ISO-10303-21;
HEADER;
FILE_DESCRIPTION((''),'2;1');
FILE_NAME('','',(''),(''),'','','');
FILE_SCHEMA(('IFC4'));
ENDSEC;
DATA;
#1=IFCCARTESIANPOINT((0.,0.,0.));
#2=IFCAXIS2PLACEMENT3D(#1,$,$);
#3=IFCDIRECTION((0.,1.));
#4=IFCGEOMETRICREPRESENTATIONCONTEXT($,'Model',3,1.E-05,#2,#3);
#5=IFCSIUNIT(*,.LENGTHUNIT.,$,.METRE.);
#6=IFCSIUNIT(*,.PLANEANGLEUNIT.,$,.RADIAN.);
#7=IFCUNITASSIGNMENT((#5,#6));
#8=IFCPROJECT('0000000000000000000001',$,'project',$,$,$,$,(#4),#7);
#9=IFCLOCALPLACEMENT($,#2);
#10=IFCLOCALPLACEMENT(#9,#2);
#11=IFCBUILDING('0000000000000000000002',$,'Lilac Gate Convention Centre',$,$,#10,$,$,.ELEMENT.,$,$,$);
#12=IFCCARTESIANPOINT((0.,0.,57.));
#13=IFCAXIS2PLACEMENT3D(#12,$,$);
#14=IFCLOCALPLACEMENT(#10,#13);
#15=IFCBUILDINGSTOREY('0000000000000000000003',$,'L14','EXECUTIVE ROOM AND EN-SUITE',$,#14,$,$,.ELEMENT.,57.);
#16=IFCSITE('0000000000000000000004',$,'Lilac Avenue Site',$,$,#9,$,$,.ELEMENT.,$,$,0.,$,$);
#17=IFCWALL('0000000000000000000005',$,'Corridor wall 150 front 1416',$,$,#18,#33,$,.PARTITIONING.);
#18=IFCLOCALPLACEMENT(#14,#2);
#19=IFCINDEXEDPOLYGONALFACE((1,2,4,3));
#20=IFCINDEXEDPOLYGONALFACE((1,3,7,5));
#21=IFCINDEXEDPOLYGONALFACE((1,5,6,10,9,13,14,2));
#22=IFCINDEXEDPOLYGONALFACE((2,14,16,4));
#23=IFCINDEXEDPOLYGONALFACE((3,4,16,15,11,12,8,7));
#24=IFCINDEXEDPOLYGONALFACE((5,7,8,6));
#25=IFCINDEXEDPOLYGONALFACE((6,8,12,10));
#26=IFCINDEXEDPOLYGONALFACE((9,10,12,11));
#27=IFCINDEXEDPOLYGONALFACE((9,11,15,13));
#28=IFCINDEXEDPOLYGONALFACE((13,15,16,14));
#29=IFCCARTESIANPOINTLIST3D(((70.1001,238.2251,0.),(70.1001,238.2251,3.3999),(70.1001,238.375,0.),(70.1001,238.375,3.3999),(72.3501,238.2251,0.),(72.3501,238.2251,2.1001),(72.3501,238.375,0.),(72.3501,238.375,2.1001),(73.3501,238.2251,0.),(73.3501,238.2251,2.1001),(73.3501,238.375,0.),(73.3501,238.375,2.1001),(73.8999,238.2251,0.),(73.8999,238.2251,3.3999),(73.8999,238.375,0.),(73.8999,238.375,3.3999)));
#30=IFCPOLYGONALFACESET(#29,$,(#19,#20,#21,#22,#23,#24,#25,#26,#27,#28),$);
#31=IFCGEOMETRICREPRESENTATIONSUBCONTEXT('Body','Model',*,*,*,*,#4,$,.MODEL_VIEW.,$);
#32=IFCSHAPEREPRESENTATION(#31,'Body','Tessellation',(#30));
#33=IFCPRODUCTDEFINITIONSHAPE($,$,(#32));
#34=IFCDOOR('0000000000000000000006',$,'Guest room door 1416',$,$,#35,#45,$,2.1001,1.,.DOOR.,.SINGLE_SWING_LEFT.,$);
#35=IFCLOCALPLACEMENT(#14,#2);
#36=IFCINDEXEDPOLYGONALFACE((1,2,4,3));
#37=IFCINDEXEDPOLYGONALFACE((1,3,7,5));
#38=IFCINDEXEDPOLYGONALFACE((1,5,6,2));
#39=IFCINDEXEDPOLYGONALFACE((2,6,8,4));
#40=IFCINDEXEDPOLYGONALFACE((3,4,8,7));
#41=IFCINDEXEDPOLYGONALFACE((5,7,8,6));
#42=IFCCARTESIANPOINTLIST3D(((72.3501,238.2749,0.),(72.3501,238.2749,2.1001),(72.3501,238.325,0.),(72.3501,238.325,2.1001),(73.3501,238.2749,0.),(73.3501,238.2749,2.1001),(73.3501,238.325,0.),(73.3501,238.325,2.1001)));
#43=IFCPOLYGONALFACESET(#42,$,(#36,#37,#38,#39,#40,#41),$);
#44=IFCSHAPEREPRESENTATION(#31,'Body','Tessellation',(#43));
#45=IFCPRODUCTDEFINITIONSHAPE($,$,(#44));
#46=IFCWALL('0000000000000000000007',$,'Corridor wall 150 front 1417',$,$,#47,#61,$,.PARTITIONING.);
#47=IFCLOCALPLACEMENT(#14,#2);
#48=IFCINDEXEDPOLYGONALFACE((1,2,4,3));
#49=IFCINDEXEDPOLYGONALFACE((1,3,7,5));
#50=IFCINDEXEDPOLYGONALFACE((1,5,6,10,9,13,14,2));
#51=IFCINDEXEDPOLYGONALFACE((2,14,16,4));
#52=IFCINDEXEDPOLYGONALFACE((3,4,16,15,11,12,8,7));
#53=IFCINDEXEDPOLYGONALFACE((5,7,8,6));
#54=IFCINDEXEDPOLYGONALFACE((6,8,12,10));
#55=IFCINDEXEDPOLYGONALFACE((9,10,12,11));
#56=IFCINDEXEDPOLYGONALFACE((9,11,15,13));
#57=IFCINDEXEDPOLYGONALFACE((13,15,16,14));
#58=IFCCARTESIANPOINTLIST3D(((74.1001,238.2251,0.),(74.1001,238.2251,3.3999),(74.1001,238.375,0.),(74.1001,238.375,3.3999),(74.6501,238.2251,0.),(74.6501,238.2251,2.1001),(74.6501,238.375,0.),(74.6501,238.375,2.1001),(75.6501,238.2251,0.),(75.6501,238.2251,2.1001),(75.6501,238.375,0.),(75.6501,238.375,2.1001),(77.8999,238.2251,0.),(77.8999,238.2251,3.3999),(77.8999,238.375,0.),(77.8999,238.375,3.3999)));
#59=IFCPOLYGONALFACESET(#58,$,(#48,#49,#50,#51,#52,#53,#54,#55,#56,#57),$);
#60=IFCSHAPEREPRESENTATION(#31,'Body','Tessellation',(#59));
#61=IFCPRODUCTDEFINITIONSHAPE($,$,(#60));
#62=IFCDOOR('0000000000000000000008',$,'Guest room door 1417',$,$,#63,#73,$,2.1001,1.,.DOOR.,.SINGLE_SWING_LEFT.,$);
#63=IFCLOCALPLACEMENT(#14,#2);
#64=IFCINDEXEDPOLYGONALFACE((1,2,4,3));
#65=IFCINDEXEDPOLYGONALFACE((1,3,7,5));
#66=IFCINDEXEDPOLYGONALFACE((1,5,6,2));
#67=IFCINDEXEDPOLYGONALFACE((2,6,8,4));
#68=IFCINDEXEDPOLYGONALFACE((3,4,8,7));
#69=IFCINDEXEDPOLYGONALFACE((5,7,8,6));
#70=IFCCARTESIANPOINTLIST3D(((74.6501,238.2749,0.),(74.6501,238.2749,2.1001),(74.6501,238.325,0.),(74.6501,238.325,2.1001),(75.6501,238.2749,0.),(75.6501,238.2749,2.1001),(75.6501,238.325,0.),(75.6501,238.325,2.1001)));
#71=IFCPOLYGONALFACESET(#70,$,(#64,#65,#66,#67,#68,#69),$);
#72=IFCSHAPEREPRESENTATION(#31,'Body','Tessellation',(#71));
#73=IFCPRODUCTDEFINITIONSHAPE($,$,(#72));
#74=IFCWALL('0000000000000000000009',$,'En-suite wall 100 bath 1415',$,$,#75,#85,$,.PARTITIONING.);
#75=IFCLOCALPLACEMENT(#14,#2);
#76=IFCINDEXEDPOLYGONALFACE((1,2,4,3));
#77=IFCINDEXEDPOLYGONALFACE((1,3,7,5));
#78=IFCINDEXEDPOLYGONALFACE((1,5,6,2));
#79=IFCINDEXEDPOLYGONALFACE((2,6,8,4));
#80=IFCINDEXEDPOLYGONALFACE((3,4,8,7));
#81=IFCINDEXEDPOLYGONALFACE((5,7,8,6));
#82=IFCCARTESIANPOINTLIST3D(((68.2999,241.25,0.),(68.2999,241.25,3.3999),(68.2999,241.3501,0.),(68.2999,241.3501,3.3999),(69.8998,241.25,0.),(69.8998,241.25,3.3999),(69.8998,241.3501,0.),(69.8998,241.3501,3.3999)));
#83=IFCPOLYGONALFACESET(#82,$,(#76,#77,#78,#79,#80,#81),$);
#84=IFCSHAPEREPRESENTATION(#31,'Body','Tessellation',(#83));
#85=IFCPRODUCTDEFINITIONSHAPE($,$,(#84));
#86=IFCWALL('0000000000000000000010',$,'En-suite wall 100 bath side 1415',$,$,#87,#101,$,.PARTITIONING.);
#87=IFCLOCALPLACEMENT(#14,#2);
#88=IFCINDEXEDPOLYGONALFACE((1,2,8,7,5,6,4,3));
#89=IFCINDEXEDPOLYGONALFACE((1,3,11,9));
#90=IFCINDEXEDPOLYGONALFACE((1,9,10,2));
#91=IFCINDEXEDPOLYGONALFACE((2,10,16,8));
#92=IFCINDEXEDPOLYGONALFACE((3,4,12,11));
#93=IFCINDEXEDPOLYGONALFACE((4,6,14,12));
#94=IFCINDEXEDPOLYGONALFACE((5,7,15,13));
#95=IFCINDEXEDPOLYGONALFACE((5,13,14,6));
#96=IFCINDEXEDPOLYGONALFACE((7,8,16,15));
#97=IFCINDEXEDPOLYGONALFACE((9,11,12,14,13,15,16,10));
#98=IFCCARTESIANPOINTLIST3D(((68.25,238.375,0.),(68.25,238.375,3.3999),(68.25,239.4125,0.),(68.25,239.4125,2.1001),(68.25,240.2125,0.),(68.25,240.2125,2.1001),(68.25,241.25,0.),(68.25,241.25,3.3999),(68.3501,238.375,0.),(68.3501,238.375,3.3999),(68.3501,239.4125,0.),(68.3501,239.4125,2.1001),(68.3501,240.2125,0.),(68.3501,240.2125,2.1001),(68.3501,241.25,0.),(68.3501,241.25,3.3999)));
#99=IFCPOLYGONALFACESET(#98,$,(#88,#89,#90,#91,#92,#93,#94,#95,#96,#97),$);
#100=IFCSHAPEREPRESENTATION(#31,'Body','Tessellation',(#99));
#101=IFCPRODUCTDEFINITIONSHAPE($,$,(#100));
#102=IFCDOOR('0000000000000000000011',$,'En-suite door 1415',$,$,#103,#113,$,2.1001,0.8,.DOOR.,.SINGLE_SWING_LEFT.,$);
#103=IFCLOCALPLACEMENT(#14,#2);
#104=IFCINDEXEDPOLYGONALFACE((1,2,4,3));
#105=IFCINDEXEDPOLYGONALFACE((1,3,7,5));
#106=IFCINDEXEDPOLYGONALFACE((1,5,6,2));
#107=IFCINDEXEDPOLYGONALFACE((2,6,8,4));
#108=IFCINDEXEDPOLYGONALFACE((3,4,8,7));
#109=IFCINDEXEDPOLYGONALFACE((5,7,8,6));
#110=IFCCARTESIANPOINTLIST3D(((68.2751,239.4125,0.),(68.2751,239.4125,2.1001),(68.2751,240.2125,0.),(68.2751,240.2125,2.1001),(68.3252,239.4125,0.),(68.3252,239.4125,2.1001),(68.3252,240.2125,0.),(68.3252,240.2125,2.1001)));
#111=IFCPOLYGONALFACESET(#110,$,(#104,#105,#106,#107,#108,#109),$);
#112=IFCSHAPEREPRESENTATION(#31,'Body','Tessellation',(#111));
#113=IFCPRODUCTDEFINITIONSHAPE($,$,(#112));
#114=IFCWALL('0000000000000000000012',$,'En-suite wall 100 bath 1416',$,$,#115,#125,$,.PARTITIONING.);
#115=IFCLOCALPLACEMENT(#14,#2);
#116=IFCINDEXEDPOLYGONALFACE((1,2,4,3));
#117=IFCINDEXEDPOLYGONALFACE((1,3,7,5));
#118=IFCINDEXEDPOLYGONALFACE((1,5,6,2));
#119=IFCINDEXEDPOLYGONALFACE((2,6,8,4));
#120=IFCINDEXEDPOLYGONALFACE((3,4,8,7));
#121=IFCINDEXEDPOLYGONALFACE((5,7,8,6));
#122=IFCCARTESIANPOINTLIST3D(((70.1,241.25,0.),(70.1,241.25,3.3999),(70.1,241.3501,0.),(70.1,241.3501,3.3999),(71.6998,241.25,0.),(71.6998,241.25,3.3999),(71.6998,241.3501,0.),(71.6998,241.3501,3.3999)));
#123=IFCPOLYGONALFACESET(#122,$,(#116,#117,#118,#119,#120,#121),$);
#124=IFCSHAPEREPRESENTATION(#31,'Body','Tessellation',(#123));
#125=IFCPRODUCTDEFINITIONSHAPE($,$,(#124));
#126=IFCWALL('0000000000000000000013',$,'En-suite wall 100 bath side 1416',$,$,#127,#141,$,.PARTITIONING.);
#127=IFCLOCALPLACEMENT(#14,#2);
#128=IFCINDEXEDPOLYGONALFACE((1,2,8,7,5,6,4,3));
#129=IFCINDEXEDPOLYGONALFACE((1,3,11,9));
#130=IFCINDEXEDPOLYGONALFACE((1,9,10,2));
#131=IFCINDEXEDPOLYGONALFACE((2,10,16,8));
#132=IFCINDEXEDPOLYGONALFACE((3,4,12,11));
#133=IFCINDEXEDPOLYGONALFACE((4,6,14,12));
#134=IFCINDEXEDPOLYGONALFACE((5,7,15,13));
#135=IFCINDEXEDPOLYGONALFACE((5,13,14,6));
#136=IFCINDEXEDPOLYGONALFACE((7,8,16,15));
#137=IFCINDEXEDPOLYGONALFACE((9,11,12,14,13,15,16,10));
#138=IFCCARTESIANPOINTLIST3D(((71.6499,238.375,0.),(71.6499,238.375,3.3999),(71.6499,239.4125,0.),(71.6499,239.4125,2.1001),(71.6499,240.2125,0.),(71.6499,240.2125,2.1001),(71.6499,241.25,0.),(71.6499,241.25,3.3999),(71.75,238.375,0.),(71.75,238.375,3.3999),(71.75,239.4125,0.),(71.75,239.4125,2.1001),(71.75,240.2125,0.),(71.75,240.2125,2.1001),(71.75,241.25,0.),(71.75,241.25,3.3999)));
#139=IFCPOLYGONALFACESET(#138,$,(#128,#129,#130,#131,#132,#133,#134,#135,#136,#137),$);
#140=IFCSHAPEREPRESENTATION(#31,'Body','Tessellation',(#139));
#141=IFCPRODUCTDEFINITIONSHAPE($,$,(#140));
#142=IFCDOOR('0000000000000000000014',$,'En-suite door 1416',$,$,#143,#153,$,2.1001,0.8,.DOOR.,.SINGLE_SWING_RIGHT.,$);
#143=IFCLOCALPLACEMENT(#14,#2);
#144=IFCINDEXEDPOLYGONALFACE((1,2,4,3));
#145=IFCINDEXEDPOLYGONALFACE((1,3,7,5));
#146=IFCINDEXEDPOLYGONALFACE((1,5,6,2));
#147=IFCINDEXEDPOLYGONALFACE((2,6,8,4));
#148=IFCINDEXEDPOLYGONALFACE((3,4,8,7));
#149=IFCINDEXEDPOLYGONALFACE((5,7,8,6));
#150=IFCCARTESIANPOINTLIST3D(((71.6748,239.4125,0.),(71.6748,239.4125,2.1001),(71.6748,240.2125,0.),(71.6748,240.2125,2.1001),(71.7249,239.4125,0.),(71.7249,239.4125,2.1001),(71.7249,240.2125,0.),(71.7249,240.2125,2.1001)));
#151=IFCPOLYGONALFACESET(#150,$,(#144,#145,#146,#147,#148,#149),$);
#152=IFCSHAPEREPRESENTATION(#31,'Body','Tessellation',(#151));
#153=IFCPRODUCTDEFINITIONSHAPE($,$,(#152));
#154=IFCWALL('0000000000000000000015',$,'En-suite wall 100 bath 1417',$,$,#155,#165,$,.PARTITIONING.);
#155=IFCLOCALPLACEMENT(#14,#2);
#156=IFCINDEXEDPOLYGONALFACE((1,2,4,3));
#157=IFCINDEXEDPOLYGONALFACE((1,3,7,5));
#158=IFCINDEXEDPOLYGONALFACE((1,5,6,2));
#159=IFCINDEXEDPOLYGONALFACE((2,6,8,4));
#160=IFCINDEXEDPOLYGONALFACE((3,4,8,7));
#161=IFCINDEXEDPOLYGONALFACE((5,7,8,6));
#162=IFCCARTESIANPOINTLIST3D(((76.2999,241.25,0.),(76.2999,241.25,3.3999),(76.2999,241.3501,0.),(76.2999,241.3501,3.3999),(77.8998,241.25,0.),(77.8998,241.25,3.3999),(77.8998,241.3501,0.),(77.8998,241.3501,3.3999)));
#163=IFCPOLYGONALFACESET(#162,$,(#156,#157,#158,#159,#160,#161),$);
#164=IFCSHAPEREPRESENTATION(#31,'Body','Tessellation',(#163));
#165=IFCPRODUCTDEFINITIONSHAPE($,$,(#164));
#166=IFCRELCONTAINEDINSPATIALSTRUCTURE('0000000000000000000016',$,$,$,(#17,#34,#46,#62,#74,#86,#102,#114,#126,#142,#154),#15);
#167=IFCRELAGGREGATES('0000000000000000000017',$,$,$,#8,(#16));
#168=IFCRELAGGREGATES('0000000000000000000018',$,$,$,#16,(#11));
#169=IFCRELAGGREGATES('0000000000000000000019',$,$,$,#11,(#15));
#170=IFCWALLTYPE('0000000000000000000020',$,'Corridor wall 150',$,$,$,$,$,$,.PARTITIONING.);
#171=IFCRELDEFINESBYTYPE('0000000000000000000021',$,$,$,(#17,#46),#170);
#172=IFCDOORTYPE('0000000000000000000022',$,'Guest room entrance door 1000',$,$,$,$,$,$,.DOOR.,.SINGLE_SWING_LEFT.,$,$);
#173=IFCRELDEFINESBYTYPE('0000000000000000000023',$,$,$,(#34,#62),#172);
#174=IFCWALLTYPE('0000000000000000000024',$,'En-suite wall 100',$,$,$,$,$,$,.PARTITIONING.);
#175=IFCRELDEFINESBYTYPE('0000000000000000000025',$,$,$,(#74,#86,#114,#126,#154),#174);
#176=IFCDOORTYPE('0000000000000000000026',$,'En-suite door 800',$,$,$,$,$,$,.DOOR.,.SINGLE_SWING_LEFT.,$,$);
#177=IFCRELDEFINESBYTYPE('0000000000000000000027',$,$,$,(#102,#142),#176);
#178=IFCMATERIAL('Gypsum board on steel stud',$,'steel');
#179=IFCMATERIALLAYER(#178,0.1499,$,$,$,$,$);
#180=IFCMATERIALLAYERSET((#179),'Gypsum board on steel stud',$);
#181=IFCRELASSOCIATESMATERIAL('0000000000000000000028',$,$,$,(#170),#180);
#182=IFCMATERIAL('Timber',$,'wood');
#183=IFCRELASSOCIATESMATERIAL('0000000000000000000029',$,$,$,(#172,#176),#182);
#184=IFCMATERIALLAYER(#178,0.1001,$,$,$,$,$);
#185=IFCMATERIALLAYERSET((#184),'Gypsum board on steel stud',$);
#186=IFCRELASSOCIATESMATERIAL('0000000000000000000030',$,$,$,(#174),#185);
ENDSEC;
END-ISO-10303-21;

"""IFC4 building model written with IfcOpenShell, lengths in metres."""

from ifc_helpers import new_model, si_unit, direction, frame, frame_2d, origin, place, context, subcontext, project, spatial, rectangle, extrude, material, layer, layer_set, type_object, element, fill, save


model = new_model("IFC4")

# Units and contexts
model_context = context("Model", 3, precision=1e-05, world=origin(), true_north=direction((0.0, 1.0)))
body_context = subcontext(model_context, "Body", "Model", "MODEL_VIEW")
ifc_project = project(units=[si_unit("LENGTHUNIT", "METRE"), si_unit("PLANEANGLEUNIT", "RADIAN")], contexts=[model_context])

# Site, building, storey
site_placement = place(None, origin())
site = spatial("IfcSite", under=ifc_project, at=site_placement, Name="Lilac Avenue Site", CompositionType="ELEMENT", RefElevation=0.0)
building_placement = place(site_placement, origin())
building = spatial("IfcBuilding", under=site, at=building_placement, Name="Lilac Gate Convention Centre", CompositionType="ELEMENT")
storey_placement = place(building_placement, frame((0.0, 0.0, 57.0)))
storey = spatial("IfcBuildingStorey", under=building, at=storey_placement, Name="L14", Description="EXECUTIVE ROOM AND EN-SUITE", CompositionType="ELEMENT", Elevation=57.0)

# Walls, openings, doors
ifc_material_1 = material(Name="Gypsum board on steel stud", Category="steel")
ifc_layer_1 = layer(ifc_material_1, 0.1499)
ifc_layer_set_1 = layer_set([ifc_layer_1], Name="Gypsum board on steel stud")
wall_type_1 = type_object("IfcWallType", Name="Corridor wall 150", PredefinedType="PARTITIONING", material=ifc_layer_set_1)
ifc_material_2 = material(Name="Timber", Category="wood")
door_type_1 = type_object("IfcDoorType", Name="Guest room entrance door 1000", OperationType="SINGLE_SWING_LEFT", PredefinedType="DOOR", material=ifc_material_2)
wall_1_placement = place(storey_placement, frame((70.1001, 238.3, 0.0), z_axis=(0.0, 0.0, 1.0), x_axis=(1.0, 0.0, 0.0)))
wall_1 = element("IfcWall", 1, at=wall_1_placement, inside=storey, type_object=wall_type_1, Name="Corridor wall 150 front 1416", PredefinedType="PARTITIONING", context=body_context, shape_type="SweptSolid", body=[
    extrude(rectangle(XDim=3.7998, YDim=0.1499, at=frame_2d((1.8999, 0.0))), origin(), (0.0, 0.0, 1.0), 3.3999),
])
opening_1_placement = place(wall_1_placement, frame((2.25, 0.0, 0.0)))
opening_1 = element("IfcOpeningElement", 2, at=opening_1_placement, cuts=wall_1, PredefinedType="OPENING", context=body_context, shape_type="SweptSolid", body=[
    extrude(rectangle(XDim=1.0, YDim=2.1001, at=frame_2d((0.5, 1.05))), frame((0.0, 0.085, 0.0), z_axis=(0.0, -1.0, 0.0), x_axis=(1.0, 0.0, 0.0)), (0.0, 0.0, 1.0), 0.1699),
])
door_1_placement = place(opening_1_placement, origin())
door_1 = element("IfcDoor", 3, at=door_1_placement, inside=storey, type_object=door_type_1, Name="Guest room door 1416", OperationType="SINGLE_SWING_LEFT", OverallHeight=2.1001, OverallWidth=1.0, PredefinedType="DOOR", context=body_context, shape_type="SweptSolid", body=[
    extrude(rectangle(XDim=1.0, YDim=2.1001, at=frame_2d((0.5, 1.05))), frame((0.0, 0.0249, 0.0), z_axis=(0.0, -1.0, 0.0), x_axis=(1.0, 0.0, 0.0)), (0.0, 0.0, 1.0), 0.05),
])
fill(opening_1, door_1)
wall_2_placement = place(storey_placement, frame((74.1001, 238.3, 0.0), z_axis=(0.0, 0.0, 1.0), x_axis=(1.0, 0.0, 0.0)))
wall_2 = element("IfcWall", 4, at=wall_2_placement, inside=storey, type_object=wall_type_1, Name="Corridor wall 150 front 1417", PredefinedType="PARTITIONING", context=body_context, shape_type="SweptSolid", body=[
    extrude(rectangle(XDim=3.7998, YDim=0.1499, at=frame_2d((1.8999, 0.0))), origin(), (0.0, 0.0, 1.0), 3.3999),
])
opening_2_placement = place(wall_2_placement, frame((0.55, 0.0, 0.0)))
opening_2 = element("IfcOpeningElement", 5, at=opening_2_placement, cuts=wall_2, PredefinedType="OPENING", context=body_context, shape_type="SweptSolid", body=[
    extrude(rectangle(XDim=1.0, YDim=2.1001, at=frame_2d((0.5, 1.05))), frame((0.0, 0.085, 0.0), z_axis=(0.0, -1.0, 0.0), x_axis=(1.0, 0.0, 0.0)), (0.0, 0.0, 1.0), 0.1699),
])
door_2_placement = place(opening_2_placement, origin())
door_2 = element("IfcDoor", 6, at=door_2_placement, inside=storey, type_object=door_type_1, Name="Guest room door 1417", OperationType="SINGLE_SWING_LEFT", OverallHeight=2.1001, OverallWidth=1.0, PredefinedType="DOOR", context=body_context, shape_type="SweptSolid", body=[
    extrude(rectangle(XDim=1.0, YDim=2.1001, at=frame_2d((0.5, 1.05))), frame((0.0, 0.0249, 0.0), z_axis=(0.0, -1.0, 0.0), x_axis=(1.0, 0.0, 0.0)), (0.0, 0.0, 1.0), 0.05),
])
fill(opening_2, door_2)

# Wall
ifc_layer_2 = layer(ifc_material_1, 0.1001)
ifc_layer_set_2 = layer_set([ifc_layer_2], Name="Gypsum board on steel stud")
wall_type_2 = type_object("IfcWallType", Name="En-suite wall 100", PredefinedType="PARTITIONING", material=ifc_layer_set_2)
wall_3_placement = place(storey_placement, frame((68.3, 241.3, 0.0), z_axis=(0.0, 0.0, 1.0), x_axis=(1.0, 0.0, 0.0)))
element("IfcWall", 7, at=wall_3_placement, inside=storey, type_object=wall_type_2, Name="En-suite wall 100 bath 1415", PredefinedType="PARTITIONING", context=body_context, shape_type="SweptSolid", body=[
    extrude(rectangle(XDim=1.5999, YDim=0.1001, at=frame_2d((0.7998, 0.0))), origin(), (0.0, 0.0, 1.0), 3.3999),
])

# Wall, opening, door
wall_4_placement = place(storey_placement, frame((68.3, 238.375, 0.0), z_axis=(0.0, 0.0, 1.0), x_axis=(0.0, 1.0, 0.0)))
wall_4 = element("IfcWall", 8, at=wall_4_placement, inside=storey, type_object=wall_type_2, Name="En-suite wall 100 bath side 1415", PredefinedType="PARTITIONING", context=body_context, shape_type="SweptSolid", body=[
    extrude(rectangle(XDim=2.875, YDim=0.1001, at=frame_2d((1.4375, 0.0))), origin(), (0.0, 0.0, 1.0), 3.3999),
])
opening_3_placement = place(wall_4_placement, frame((1.0376, 0.0, 0.0)))
opening_3 = element("IfcOpeningElement", 9, at=opening_3_placement, cuts=wall_4, PredefinedType="OPENING", context=body_context, shape_type="SweptSolid", body=[
    extrude(rectangle(XDim=0.8, YDim=2.1001, at=frame_2d((0.3999, 1.05))), frame((0.0, 0.0601, 0.0), z_axis=(0.0, -1.0, 0.0), x_axis=(1.0, 0.0, 0.0)), (0.0, 0.0, 1.0), 0.1201),
])
door_type_2 = type_object("IfcDoorType", Name="En-suite door 800", OperationType="SINGLE_SWING_LEFT", PredefinedType="DOOR", material=ifc_material_2)
door_3_placement = place(opening_3_placement, origin())
door_3 = element("IfcDoor", 10, at=door_3_placement, inside=storey, type_object=door_type_2, Name="En-suite door 1415", OperationType="SINGLE_SWING_LEFT", OverallHeight=2.1001, OverallWidth=0.8, PredefinedType="DOOR", context=body_context, shape_type="SweptSolid", body=[
    extrude(rectangle(XDim=0.8, YDim=2.1001, at=frame_2d((0.3999, 1.05))), frame((0.0, 0.0249, 0.0), z_axis=(0.0, -1.0, 0.0), x_axis=(1.0, 0.0, 0.0)), (0.0, 0.0, 1.0), 0.05),
])
fill(opening_3, door_3)

# Wall
wall_5_placement = place(storey_placement, frame((70.1001, 241.3, 0.0), z_axis=(0.0, 0.0, 1.0), x_axis=(1.0, 0.0, 0.0)))
element("IfcWall", 11, at=wall_5_placement, inside=storey, type_object=wall_type_2, Name="En-suite wall 100 bath 1416", PredefinedType="PARTITIONING", context=body_context, shape_type="SweptSolid", body=[
    extrude(rectangle(XDim=1.5999, YDim=0.1001, at=frame_2d((0.7998, 0.0))), origin(), (0.0, 0.0, 1.0), 3.3999),
])

# Wall, opening, door
wall_6_placement = place(storey_placement, frame((71.7, 241.25, 0.0), z_axis=(0.0, 0.0, 1.0), x_axis=(0.0, -1.0, 0.0)))
wall_6 = element("IfcWall", 12, at=wall_6_placement, inside=storey, type_object=wall_type_2, Name="En-suite wall 100 bath side 1416", PredefinedType="PARTITIONING", context=body_context, shape_type="SweptSolid", body=[
    extrude(rectangle(XDim=2.875, YDim=0.1001, at=frame_2d((1.4375, 0.0))), origin(), (0.0, 0.0, 1.0), 3.3999),
])
opening_4_placement = place(wall_6_placement, frame((1.0376, 0.0, 0.0)))
opening_4 = element("IfcOpeningElement", 13, at=opening_4_placement, cuts=wall_6, PredefinedType="OPENING", context=body_context, shape_type="SweptSolid", body=[
    extrude(rectangle(XDim=0.8, YDim=2.1001, at=frame_2d((0.3999, 1.05))), frame((0.0, 0.0601, 0.0), z_axis=(0.0, -1.0, 0.0), x_axis=(1.0, 0.0, 0.0)), (0.0, 0.0, 1.0), 0.1201),
])
door_4_placement = place(opening_4_placement, origin())
door_4 = element("IfcDoor", 14, at=door_4_placement, inside=storey, type_object=door_type_2, Name="En-suite door 1416", OperationType="SINGLE_SWING_RIGHT", OverallHeight=2.1001, OverallWidth=0.8, PredefinedType="DOOR", context=body_context, shape_type="SweptSolid", body=[
    extrude(rectangle(XDim=0.8, YDim=2.1001, at=frame_2d((0.3999, 1.05))), frame((0.0, 0.0249, 0.0), z_axis=(0.0, -1.0, 0.0), x_axis=(1.0, 0.0, 0.0)), (0.0, 0.0, 1.0), 0.05),
])
fill(opening_4, door_4)

# Wall
wall_7_placement = place(storey_placement, frame((76.3, 241.3, 0.0), z_axis=(0.0, 0.0, 1.0), x_axis=(1.0, 0.0, 0.0)))
element("IfcWall", 15, at=wall_7_placement, inside=storey, type_object=wall_type_2, Name="En-suite wall 100 bath 1417", PredefinedType="PARTITIONING", context=body_context, shape_type="SweptSolid", body=[
    extrude(rectangle(XDim=1.5999, YDim=0.1001, at=frame_2d((0.7998, 0.0))), origin(), (0.0, 0.0, 1.0), 3.3999),
])

save(model, "model.ifc")
